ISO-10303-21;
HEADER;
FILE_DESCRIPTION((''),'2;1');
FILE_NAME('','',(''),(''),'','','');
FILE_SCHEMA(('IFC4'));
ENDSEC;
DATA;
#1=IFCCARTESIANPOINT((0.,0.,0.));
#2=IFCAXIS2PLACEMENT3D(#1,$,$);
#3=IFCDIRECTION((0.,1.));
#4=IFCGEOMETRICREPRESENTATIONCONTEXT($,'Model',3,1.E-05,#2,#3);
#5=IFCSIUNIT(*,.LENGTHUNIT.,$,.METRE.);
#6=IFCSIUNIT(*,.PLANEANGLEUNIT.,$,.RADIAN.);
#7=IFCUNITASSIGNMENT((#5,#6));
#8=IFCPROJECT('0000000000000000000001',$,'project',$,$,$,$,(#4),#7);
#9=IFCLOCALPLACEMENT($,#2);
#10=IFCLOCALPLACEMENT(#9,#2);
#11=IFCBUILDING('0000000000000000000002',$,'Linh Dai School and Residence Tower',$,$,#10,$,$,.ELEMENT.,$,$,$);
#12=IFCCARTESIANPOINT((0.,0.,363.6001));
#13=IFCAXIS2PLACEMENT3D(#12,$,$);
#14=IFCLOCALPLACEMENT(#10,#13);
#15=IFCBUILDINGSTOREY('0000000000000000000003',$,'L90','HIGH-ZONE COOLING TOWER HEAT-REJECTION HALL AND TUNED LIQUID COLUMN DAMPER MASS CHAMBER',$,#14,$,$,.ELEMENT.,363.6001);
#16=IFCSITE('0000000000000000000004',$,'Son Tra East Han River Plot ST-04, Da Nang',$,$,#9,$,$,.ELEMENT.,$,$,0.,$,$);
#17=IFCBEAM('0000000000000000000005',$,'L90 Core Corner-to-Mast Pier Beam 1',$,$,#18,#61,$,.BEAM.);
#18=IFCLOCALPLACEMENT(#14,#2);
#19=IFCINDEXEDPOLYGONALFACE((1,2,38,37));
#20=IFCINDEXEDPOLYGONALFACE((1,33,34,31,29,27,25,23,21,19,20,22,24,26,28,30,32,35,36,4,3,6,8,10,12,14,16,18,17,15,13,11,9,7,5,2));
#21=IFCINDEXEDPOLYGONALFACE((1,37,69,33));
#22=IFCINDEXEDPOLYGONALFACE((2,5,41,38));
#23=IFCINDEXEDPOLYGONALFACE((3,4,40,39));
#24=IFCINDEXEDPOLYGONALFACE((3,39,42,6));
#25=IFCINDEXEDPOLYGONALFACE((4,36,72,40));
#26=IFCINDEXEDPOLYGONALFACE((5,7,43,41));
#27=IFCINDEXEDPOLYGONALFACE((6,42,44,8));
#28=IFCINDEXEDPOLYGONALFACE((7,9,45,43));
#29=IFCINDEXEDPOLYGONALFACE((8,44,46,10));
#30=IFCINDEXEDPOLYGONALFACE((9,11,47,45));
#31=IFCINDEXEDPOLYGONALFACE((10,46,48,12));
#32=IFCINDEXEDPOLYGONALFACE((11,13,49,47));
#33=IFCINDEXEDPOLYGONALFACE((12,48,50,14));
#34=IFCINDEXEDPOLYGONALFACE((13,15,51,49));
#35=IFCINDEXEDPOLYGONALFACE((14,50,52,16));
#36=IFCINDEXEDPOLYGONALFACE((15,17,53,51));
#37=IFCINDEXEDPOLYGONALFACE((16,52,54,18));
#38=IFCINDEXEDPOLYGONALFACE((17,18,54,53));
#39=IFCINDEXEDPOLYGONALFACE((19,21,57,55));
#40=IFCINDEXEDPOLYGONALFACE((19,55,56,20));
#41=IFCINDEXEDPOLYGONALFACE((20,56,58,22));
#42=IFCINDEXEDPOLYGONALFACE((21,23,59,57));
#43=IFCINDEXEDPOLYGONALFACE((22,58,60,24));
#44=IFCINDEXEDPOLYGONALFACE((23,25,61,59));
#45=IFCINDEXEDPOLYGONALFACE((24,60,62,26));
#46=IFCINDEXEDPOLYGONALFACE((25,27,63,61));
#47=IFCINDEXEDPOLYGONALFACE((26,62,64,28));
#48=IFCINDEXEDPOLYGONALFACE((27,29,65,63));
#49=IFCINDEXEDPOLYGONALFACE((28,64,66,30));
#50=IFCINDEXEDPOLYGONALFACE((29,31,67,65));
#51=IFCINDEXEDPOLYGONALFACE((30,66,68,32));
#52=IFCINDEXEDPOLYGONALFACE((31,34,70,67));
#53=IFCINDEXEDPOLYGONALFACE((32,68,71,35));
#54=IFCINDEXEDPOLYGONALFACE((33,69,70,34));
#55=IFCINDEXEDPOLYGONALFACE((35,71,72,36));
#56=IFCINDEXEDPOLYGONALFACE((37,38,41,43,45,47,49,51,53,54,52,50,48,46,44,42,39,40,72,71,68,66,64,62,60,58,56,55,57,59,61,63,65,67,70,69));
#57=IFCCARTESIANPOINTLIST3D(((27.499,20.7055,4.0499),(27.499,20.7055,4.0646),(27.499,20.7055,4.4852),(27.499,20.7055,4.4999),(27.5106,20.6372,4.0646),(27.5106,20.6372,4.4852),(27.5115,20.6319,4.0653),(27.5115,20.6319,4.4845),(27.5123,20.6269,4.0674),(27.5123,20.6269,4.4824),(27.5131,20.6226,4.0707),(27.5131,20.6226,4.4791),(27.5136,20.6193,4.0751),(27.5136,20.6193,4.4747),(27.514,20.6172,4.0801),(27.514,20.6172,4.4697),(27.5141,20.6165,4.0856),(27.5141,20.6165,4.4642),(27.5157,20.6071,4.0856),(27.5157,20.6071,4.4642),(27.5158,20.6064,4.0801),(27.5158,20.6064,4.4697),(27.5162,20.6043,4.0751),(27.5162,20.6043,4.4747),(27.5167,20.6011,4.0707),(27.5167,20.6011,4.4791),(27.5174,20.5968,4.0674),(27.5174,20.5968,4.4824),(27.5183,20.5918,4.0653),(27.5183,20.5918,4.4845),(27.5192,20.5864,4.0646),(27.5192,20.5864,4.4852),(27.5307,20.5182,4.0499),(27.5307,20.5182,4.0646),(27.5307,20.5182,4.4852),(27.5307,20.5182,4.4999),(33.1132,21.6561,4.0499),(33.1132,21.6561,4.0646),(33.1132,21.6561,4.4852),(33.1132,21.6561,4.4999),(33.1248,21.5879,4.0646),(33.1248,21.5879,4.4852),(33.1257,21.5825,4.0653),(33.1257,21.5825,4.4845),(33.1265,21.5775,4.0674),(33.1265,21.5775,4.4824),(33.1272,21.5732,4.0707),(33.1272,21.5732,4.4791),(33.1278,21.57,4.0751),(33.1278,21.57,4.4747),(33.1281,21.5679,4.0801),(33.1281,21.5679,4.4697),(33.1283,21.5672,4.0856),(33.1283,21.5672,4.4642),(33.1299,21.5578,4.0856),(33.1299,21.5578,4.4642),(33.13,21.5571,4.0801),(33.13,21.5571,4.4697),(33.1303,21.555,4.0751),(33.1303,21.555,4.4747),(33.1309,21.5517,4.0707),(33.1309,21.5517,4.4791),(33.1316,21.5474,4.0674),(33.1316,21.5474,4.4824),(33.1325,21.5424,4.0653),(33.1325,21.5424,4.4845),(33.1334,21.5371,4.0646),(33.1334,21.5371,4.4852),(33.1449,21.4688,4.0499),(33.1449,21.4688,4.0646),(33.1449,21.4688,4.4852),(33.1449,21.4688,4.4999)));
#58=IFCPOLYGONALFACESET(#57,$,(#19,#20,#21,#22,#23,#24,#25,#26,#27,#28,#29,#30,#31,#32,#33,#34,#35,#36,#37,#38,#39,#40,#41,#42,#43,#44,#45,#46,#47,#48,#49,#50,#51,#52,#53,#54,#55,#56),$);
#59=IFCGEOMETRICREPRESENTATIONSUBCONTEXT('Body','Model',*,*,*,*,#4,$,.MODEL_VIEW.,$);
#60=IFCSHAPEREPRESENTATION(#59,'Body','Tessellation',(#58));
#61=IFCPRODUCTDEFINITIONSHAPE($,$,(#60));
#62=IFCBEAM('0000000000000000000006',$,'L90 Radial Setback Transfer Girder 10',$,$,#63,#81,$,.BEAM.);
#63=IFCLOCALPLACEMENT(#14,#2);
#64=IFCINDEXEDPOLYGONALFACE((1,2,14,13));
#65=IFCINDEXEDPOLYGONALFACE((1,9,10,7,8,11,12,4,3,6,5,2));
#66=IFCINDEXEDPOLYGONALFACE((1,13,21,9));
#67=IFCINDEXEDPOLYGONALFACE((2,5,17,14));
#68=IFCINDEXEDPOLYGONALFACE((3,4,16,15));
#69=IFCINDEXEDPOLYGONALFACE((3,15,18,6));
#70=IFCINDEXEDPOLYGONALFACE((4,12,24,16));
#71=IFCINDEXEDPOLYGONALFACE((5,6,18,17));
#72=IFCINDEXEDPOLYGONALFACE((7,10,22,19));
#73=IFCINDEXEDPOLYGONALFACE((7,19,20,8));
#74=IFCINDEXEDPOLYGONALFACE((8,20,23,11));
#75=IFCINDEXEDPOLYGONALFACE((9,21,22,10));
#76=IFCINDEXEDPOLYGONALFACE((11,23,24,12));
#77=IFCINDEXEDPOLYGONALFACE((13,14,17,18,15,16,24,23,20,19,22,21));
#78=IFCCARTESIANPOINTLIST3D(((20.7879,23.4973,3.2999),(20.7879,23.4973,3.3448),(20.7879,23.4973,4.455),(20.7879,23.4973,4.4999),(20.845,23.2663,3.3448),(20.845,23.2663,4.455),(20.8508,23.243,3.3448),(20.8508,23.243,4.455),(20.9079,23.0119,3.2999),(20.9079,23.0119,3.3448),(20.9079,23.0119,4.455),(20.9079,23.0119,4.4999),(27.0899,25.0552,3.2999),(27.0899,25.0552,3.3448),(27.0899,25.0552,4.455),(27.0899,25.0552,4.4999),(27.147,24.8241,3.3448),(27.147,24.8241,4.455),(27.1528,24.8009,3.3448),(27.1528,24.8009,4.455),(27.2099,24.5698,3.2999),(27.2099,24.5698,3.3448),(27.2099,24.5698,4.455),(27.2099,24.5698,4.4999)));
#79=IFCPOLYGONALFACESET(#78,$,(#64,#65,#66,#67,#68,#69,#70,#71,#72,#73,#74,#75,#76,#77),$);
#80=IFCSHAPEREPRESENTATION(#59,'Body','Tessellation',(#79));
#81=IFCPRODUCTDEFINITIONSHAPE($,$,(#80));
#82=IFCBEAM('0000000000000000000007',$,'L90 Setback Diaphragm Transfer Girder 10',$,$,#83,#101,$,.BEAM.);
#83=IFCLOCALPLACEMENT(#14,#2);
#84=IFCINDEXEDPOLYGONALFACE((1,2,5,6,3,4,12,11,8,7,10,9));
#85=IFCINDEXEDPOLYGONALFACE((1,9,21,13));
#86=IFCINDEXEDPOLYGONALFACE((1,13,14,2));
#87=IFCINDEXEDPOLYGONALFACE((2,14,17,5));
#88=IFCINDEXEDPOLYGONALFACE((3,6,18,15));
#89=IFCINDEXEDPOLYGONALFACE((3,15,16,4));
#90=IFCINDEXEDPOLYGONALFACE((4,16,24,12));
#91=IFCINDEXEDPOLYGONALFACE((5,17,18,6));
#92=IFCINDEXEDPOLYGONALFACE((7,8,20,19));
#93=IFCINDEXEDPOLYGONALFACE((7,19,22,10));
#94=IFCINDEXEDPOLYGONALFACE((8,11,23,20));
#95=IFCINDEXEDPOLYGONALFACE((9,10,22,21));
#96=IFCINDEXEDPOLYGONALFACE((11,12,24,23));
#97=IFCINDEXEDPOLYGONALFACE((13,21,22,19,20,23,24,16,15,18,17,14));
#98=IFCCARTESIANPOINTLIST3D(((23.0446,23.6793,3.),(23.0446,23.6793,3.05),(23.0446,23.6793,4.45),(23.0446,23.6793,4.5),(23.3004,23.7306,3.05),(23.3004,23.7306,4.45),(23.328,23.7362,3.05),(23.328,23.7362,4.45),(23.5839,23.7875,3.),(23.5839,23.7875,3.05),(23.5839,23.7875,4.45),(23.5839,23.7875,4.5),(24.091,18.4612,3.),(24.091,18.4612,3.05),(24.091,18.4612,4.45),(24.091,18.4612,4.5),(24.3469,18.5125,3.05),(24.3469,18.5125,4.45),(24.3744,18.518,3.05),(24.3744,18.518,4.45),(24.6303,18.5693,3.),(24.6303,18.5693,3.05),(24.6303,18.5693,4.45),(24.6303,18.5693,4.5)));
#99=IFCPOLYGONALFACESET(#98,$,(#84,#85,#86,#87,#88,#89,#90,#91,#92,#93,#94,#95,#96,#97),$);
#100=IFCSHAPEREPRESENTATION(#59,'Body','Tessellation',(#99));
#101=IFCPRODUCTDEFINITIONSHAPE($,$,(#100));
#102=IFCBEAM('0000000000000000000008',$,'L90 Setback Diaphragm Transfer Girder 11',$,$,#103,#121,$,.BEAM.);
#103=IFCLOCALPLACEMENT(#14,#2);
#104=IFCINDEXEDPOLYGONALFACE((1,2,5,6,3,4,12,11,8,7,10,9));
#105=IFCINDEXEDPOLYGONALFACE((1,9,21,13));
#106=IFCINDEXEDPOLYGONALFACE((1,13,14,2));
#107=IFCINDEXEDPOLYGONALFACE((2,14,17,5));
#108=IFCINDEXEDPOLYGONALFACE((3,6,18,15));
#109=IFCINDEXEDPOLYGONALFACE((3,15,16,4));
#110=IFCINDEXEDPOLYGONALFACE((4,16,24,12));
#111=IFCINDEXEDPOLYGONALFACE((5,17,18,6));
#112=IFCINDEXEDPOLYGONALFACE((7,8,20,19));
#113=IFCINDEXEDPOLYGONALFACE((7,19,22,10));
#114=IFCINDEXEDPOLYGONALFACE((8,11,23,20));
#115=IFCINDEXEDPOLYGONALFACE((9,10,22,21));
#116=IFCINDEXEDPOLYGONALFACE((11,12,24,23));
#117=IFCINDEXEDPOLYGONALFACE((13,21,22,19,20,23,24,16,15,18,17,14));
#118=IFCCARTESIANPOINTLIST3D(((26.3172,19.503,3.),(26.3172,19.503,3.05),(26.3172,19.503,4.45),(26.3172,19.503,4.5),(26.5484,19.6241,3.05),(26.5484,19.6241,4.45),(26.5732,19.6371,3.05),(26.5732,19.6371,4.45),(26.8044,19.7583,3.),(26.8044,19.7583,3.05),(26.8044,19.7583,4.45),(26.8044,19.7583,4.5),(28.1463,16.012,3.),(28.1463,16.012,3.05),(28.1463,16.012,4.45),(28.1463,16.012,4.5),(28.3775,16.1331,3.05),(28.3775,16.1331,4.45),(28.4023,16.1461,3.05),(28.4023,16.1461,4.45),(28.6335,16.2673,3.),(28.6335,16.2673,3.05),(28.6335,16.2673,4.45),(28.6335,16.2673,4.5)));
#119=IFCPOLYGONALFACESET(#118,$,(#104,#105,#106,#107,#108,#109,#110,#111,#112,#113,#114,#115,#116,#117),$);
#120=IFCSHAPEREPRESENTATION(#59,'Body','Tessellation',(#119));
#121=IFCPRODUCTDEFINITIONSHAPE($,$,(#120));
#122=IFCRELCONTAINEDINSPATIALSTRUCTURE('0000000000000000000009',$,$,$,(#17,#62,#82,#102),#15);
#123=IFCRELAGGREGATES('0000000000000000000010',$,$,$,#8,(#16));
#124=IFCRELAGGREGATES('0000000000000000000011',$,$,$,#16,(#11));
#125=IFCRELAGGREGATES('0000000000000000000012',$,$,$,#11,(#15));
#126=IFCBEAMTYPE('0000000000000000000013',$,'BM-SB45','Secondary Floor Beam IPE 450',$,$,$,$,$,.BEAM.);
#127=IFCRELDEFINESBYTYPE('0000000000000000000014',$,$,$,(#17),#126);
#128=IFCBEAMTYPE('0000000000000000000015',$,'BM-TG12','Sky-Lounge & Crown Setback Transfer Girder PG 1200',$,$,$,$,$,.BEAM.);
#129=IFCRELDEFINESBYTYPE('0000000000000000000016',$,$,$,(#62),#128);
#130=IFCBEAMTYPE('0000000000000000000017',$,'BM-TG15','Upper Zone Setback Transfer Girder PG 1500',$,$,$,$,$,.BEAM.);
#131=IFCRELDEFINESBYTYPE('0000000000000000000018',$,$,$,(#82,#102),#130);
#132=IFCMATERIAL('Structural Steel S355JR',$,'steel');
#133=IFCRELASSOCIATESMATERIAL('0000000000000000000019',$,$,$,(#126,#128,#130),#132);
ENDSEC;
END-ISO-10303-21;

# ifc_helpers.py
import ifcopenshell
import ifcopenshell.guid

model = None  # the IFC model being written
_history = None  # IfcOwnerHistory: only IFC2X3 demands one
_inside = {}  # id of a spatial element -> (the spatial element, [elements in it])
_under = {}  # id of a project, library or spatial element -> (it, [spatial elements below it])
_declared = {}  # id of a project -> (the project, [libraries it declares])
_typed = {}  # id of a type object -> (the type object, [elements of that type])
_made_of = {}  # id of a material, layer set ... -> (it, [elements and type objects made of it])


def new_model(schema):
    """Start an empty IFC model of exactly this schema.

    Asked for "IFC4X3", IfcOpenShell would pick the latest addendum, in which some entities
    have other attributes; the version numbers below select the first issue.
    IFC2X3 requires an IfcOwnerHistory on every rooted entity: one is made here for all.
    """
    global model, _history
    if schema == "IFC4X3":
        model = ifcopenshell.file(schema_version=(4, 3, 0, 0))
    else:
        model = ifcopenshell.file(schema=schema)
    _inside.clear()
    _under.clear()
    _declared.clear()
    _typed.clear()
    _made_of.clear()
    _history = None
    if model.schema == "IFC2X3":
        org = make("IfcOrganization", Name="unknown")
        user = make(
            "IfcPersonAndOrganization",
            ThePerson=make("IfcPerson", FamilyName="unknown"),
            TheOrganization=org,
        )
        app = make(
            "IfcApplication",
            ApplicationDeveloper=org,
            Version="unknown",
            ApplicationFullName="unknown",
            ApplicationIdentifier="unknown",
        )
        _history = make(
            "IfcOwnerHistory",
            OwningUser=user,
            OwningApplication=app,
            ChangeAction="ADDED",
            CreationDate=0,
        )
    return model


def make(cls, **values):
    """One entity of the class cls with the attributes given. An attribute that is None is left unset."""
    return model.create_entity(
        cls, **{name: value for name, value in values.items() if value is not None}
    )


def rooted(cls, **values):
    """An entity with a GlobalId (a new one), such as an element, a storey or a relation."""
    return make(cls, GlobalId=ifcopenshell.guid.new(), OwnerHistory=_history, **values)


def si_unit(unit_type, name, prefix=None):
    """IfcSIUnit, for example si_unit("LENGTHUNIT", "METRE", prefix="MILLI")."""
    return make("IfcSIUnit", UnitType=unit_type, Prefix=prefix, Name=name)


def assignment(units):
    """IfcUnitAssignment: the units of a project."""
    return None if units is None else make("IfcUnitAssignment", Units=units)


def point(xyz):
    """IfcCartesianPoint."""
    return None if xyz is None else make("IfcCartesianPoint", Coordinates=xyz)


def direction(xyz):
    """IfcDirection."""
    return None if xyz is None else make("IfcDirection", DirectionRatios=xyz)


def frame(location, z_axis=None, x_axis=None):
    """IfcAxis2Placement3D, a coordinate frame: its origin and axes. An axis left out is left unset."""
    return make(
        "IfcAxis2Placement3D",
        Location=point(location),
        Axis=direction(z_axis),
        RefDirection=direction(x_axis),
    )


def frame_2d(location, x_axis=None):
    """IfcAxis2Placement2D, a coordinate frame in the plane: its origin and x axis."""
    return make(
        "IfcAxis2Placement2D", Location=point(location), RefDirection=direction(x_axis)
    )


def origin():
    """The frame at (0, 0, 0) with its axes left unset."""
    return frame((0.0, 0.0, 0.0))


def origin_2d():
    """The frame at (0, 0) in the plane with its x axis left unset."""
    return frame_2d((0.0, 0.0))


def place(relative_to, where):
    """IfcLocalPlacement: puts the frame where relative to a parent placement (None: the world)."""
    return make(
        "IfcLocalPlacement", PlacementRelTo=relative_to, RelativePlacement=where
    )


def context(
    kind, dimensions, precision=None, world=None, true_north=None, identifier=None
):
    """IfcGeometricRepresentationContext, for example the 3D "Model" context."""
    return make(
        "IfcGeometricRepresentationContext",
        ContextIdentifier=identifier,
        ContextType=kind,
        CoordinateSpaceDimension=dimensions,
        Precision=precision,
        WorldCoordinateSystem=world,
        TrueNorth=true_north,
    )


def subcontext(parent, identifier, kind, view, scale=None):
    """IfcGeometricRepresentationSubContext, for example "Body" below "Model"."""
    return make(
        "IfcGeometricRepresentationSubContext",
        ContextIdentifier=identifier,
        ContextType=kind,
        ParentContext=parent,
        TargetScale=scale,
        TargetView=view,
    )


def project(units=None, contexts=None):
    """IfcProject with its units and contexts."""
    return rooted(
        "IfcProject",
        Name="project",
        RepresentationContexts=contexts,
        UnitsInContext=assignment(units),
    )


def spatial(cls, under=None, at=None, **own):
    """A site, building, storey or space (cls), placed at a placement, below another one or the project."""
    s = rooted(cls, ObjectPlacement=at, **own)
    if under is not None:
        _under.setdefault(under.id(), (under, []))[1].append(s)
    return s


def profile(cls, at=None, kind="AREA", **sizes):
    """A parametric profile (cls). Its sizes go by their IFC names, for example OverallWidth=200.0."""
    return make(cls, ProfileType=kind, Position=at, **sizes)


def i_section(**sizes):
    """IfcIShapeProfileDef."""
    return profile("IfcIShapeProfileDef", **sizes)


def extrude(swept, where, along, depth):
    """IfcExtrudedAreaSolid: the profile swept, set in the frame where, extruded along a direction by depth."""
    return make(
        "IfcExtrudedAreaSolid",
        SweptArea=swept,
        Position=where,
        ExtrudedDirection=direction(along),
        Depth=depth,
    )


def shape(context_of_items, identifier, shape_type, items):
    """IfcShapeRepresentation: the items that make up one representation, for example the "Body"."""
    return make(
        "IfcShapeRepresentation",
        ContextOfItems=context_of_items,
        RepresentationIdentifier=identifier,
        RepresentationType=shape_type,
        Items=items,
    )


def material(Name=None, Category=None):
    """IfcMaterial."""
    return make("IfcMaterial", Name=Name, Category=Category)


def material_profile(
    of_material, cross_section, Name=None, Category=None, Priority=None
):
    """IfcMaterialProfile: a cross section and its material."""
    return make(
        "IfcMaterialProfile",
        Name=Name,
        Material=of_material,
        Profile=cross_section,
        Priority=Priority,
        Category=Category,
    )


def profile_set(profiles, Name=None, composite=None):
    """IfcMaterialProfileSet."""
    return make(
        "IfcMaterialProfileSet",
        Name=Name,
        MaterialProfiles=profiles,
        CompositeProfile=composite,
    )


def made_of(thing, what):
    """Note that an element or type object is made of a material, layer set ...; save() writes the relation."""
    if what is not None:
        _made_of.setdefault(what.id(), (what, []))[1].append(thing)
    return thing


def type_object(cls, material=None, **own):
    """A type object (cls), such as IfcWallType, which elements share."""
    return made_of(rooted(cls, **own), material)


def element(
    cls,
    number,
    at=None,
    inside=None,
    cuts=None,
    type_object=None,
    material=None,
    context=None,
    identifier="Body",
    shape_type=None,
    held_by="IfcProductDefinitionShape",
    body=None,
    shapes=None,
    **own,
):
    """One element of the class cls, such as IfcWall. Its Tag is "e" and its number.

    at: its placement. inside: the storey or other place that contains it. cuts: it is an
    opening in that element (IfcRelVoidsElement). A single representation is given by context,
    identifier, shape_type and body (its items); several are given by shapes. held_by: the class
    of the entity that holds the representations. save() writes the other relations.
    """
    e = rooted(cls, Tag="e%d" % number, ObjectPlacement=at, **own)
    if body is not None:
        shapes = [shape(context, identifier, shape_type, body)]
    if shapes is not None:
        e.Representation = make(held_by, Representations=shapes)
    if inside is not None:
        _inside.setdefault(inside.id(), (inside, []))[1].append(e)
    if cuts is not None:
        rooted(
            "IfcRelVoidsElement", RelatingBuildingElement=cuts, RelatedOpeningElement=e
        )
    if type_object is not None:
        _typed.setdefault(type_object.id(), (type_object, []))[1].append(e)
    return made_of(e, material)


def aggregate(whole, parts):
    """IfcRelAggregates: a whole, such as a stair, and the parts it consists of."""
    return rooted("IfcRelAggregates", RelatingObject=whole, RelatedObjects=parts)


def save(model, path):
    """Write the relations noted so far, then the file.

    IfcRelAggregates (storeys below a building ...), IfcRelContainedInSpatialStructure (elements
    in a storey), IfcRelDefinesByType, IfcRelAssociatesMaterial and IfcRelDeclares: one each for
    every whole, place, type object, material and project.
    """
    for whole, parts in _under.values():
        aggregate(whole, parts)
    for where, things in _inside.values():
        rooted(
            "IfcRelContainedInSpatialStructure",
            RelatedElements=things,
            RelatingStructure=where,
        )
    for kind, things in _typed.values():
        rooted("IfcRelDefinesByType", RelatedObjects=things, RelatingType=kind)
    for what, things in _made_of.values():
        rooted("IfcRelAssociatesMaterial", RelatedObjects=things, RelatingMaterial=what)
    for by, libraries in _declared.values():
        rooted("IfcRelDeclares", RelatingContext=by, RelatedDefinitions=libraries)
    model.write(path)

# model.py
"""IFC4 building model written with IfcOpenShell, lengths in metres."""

from ifc_helpers import new_model, si_unit, direction, frame, origin, origin_2d, place, context, subcontext, project, spatial, i_section, extrude, material, material_profile, profile_set, type_object, element, save


model = new_model("IFC4")

# Units and contexts
model_context = context("Model", 3, precision=1e-05, world=origin(), true_north=direction((0.0, 1.0)))
body_context = subcontext(model_context, "Body", "Model", "MODEL_VIEW")
ifc_project = project(units=[si_unit("LENGTHUNIT", "METRE"), si_unit("PLANEANGLEUNIT", "RADIAN")], contexts=[model_context])

# Site, building, storey
site_placement = place(None, origin())
site = spatial("IfcSite", under=ifc_project, at=site_placement, Name="Son Tra East Han River Plot ST-04, Da Nang", CompositionType="ELEMENT", RefElevation=0.0)
building_placement = place(site_placement, origin())
building = spatial("IfcBuilding", under=site, at=building_placement, Name="Linh Dai School and Residence Tower", CompositionType="ELEMENT")
storey_placement = place(building_placement, frame((0.0, 0.0, 363.6001)))
storey = spatial("IfcBuildingStorey", under=building, at=storey_placement, Name="L90", Description="HIGH-ZONE COOLING TOWER HEAT-REJECTION HALL AND TUNED LIQUID COLUMN DAMPER MASS CHAMBER", CompositionType="ELEMENT", Elevation=363.6001)

# Shared definitions
ifc_material_1 = material(Name="Structural Steel S355JR", Category="steel")

# Beams
ifc_material_profile_1 = material_profile(ifc_material_1, i_section(OverallWidth=0.1899, OverallDepth=0.45, WebThickness=0.0095, FlangeThickness=0.0146, FilletRadius=0.021, at=origin_2d()), Name="IPE 450")
ifc_profile_set_1 = profile_set([ifc_material_profile_1], Name="Structural Steel S355JR")
beam_type_1 = type_object("IfcBeamType", Name="BM-SB45", Description="Secondary Floor Beam IPE 450", PredefinedType="BEAM", material=ifc_profile_set_1)
beam_1_placement = place(storey_placement, frame((27.5149, 20.6118, 4.2749), z_axis=(0.985964, 0.166957, 0.0), x_axis=(-0.166957, 0.985964, 0.0)))
element("IfcBeam", 1, at=beam_1_placement, inside=storey, type_object=beam_type_1, Name="L90 Core Corner-to-Mast Pier Beam 1", PredefinedType="BEAM", context=body_context, shape_type="SweptSolid", body=[
    extrude(i_section(OverallWidth=0.1899, OverallDepth=0.45, WebThickness=0.0095, FlangeThickness=0.0146, FilletRadius=0.021, at=origin_2d()), origin(), (0.0, 0.0, 1.0), 5.6941),
])
ifc_material_profile_2 = material_profile(ifc_material_1, i_section(OverallWidth=0.5, OverallDepth=1.2, WebThickness=0.0239, FlangeThickness=0.0449, at=origin_2d()), Name="PG 1200x500x24x45")
ifc_profile_set_2 = profile_set([ifc_material_profile_2], Name="Structural Steel S355JR")
beam_type_2 = type_object("IfcBeamType", Name="BM-TG12", Description="Sky-Lounge & Crown Setback Transfer Girder PG 1200", PredefinedType="BEAM", material=ifc_profile_set_2)
beam_2_placement = place(storey_placement, frame((27.1499, 24.8125, 3.8999), z_axis=(-0.970778, -0.239977, 0.0), x_axis=(0.239977, -0.970778, 0.0)))
element("IfcBeam", 2, at=beam_2_placement, inside=storey, type_object=beam_type_2, Name="L90 Radial Setback Transfer Girder 10", PredefinedType="BEAM", context=body_context, shape_type="SweptSolid", body=[
    extrude(i_section(OverallWidth=0.5, OverallDepth=1.2, WebThickness=0.0239, FlangeThickness=0.0449, at=origin_2d()), origin(), (0.0, 0.0, 1.0), 6.4917),
])
ifc_material_profile_3 = material_profile(ifc_material_1, i_section(OverallWidth=0.55, OverallDepth=1.5, WebThickness=0.0281, FlangeThickness=0.05, at=origin_2d()), Name="PG 1500x550x28x50")
ifc_profile_set_3 = profile_set([ifc_material_profile_3], Name="Structural Steel S355JR")
beam_type_3 = type_object("IfcBeamType", Name="BM-TG15", Description="Upper Zone Setback Transfer Girder PG 1500", PredefinedType="BEAM", material=ifc_profile_set_3)
beam_3_placement = place(storey_placement, frame((23.3142, 23.7334, 3.75), z_axis=(0.196619, -0.98048, 0.0), x_axis=(0.98048, 0.196619, 0.0)))
element("IfcBeam", 3, at=beam_3_placement, inside=storey, type_object=beam_type_3, Name="L90 Setback Diaphragm Transfer Girder 10", PredefinedType="BEAM", context=body_context, shape_type="SweptSolid", body=[
    extrude(i_section(OverallWidth=0.55, OverallDepth=1.5, WebThickness=0.0281, FlangeThickness=0.05, at=origin_2d()), origin(), (0.0, 0.0, 1.0), 5.322),
])
beam_4_placement = place(storey_placement, frame((26.5608, 19.6306, 3.75), z_axis=(0.464107, -0.885779, 0.0), x_axis=(0.885779, 0.464107, 0.0)))
element("IfcBeam", 4, at=beam_4_placement, inside=storey, type_object=beam_type_3, Name="L90 Setback Diaphragm Transfer Girder 11", PredefinedType="BEAM", context=body_context, shape_type="SweptSolid", body=[
    extrude(i_section(OverallWidth=0.55, OverallDepth=1.5, WebThickness=0.0281, FlangeThickness=0.05, at=origin_2d()), origin(), (0.0, 0.0, 1.0), 3.9412),
])

save(model, "model.ifc")
